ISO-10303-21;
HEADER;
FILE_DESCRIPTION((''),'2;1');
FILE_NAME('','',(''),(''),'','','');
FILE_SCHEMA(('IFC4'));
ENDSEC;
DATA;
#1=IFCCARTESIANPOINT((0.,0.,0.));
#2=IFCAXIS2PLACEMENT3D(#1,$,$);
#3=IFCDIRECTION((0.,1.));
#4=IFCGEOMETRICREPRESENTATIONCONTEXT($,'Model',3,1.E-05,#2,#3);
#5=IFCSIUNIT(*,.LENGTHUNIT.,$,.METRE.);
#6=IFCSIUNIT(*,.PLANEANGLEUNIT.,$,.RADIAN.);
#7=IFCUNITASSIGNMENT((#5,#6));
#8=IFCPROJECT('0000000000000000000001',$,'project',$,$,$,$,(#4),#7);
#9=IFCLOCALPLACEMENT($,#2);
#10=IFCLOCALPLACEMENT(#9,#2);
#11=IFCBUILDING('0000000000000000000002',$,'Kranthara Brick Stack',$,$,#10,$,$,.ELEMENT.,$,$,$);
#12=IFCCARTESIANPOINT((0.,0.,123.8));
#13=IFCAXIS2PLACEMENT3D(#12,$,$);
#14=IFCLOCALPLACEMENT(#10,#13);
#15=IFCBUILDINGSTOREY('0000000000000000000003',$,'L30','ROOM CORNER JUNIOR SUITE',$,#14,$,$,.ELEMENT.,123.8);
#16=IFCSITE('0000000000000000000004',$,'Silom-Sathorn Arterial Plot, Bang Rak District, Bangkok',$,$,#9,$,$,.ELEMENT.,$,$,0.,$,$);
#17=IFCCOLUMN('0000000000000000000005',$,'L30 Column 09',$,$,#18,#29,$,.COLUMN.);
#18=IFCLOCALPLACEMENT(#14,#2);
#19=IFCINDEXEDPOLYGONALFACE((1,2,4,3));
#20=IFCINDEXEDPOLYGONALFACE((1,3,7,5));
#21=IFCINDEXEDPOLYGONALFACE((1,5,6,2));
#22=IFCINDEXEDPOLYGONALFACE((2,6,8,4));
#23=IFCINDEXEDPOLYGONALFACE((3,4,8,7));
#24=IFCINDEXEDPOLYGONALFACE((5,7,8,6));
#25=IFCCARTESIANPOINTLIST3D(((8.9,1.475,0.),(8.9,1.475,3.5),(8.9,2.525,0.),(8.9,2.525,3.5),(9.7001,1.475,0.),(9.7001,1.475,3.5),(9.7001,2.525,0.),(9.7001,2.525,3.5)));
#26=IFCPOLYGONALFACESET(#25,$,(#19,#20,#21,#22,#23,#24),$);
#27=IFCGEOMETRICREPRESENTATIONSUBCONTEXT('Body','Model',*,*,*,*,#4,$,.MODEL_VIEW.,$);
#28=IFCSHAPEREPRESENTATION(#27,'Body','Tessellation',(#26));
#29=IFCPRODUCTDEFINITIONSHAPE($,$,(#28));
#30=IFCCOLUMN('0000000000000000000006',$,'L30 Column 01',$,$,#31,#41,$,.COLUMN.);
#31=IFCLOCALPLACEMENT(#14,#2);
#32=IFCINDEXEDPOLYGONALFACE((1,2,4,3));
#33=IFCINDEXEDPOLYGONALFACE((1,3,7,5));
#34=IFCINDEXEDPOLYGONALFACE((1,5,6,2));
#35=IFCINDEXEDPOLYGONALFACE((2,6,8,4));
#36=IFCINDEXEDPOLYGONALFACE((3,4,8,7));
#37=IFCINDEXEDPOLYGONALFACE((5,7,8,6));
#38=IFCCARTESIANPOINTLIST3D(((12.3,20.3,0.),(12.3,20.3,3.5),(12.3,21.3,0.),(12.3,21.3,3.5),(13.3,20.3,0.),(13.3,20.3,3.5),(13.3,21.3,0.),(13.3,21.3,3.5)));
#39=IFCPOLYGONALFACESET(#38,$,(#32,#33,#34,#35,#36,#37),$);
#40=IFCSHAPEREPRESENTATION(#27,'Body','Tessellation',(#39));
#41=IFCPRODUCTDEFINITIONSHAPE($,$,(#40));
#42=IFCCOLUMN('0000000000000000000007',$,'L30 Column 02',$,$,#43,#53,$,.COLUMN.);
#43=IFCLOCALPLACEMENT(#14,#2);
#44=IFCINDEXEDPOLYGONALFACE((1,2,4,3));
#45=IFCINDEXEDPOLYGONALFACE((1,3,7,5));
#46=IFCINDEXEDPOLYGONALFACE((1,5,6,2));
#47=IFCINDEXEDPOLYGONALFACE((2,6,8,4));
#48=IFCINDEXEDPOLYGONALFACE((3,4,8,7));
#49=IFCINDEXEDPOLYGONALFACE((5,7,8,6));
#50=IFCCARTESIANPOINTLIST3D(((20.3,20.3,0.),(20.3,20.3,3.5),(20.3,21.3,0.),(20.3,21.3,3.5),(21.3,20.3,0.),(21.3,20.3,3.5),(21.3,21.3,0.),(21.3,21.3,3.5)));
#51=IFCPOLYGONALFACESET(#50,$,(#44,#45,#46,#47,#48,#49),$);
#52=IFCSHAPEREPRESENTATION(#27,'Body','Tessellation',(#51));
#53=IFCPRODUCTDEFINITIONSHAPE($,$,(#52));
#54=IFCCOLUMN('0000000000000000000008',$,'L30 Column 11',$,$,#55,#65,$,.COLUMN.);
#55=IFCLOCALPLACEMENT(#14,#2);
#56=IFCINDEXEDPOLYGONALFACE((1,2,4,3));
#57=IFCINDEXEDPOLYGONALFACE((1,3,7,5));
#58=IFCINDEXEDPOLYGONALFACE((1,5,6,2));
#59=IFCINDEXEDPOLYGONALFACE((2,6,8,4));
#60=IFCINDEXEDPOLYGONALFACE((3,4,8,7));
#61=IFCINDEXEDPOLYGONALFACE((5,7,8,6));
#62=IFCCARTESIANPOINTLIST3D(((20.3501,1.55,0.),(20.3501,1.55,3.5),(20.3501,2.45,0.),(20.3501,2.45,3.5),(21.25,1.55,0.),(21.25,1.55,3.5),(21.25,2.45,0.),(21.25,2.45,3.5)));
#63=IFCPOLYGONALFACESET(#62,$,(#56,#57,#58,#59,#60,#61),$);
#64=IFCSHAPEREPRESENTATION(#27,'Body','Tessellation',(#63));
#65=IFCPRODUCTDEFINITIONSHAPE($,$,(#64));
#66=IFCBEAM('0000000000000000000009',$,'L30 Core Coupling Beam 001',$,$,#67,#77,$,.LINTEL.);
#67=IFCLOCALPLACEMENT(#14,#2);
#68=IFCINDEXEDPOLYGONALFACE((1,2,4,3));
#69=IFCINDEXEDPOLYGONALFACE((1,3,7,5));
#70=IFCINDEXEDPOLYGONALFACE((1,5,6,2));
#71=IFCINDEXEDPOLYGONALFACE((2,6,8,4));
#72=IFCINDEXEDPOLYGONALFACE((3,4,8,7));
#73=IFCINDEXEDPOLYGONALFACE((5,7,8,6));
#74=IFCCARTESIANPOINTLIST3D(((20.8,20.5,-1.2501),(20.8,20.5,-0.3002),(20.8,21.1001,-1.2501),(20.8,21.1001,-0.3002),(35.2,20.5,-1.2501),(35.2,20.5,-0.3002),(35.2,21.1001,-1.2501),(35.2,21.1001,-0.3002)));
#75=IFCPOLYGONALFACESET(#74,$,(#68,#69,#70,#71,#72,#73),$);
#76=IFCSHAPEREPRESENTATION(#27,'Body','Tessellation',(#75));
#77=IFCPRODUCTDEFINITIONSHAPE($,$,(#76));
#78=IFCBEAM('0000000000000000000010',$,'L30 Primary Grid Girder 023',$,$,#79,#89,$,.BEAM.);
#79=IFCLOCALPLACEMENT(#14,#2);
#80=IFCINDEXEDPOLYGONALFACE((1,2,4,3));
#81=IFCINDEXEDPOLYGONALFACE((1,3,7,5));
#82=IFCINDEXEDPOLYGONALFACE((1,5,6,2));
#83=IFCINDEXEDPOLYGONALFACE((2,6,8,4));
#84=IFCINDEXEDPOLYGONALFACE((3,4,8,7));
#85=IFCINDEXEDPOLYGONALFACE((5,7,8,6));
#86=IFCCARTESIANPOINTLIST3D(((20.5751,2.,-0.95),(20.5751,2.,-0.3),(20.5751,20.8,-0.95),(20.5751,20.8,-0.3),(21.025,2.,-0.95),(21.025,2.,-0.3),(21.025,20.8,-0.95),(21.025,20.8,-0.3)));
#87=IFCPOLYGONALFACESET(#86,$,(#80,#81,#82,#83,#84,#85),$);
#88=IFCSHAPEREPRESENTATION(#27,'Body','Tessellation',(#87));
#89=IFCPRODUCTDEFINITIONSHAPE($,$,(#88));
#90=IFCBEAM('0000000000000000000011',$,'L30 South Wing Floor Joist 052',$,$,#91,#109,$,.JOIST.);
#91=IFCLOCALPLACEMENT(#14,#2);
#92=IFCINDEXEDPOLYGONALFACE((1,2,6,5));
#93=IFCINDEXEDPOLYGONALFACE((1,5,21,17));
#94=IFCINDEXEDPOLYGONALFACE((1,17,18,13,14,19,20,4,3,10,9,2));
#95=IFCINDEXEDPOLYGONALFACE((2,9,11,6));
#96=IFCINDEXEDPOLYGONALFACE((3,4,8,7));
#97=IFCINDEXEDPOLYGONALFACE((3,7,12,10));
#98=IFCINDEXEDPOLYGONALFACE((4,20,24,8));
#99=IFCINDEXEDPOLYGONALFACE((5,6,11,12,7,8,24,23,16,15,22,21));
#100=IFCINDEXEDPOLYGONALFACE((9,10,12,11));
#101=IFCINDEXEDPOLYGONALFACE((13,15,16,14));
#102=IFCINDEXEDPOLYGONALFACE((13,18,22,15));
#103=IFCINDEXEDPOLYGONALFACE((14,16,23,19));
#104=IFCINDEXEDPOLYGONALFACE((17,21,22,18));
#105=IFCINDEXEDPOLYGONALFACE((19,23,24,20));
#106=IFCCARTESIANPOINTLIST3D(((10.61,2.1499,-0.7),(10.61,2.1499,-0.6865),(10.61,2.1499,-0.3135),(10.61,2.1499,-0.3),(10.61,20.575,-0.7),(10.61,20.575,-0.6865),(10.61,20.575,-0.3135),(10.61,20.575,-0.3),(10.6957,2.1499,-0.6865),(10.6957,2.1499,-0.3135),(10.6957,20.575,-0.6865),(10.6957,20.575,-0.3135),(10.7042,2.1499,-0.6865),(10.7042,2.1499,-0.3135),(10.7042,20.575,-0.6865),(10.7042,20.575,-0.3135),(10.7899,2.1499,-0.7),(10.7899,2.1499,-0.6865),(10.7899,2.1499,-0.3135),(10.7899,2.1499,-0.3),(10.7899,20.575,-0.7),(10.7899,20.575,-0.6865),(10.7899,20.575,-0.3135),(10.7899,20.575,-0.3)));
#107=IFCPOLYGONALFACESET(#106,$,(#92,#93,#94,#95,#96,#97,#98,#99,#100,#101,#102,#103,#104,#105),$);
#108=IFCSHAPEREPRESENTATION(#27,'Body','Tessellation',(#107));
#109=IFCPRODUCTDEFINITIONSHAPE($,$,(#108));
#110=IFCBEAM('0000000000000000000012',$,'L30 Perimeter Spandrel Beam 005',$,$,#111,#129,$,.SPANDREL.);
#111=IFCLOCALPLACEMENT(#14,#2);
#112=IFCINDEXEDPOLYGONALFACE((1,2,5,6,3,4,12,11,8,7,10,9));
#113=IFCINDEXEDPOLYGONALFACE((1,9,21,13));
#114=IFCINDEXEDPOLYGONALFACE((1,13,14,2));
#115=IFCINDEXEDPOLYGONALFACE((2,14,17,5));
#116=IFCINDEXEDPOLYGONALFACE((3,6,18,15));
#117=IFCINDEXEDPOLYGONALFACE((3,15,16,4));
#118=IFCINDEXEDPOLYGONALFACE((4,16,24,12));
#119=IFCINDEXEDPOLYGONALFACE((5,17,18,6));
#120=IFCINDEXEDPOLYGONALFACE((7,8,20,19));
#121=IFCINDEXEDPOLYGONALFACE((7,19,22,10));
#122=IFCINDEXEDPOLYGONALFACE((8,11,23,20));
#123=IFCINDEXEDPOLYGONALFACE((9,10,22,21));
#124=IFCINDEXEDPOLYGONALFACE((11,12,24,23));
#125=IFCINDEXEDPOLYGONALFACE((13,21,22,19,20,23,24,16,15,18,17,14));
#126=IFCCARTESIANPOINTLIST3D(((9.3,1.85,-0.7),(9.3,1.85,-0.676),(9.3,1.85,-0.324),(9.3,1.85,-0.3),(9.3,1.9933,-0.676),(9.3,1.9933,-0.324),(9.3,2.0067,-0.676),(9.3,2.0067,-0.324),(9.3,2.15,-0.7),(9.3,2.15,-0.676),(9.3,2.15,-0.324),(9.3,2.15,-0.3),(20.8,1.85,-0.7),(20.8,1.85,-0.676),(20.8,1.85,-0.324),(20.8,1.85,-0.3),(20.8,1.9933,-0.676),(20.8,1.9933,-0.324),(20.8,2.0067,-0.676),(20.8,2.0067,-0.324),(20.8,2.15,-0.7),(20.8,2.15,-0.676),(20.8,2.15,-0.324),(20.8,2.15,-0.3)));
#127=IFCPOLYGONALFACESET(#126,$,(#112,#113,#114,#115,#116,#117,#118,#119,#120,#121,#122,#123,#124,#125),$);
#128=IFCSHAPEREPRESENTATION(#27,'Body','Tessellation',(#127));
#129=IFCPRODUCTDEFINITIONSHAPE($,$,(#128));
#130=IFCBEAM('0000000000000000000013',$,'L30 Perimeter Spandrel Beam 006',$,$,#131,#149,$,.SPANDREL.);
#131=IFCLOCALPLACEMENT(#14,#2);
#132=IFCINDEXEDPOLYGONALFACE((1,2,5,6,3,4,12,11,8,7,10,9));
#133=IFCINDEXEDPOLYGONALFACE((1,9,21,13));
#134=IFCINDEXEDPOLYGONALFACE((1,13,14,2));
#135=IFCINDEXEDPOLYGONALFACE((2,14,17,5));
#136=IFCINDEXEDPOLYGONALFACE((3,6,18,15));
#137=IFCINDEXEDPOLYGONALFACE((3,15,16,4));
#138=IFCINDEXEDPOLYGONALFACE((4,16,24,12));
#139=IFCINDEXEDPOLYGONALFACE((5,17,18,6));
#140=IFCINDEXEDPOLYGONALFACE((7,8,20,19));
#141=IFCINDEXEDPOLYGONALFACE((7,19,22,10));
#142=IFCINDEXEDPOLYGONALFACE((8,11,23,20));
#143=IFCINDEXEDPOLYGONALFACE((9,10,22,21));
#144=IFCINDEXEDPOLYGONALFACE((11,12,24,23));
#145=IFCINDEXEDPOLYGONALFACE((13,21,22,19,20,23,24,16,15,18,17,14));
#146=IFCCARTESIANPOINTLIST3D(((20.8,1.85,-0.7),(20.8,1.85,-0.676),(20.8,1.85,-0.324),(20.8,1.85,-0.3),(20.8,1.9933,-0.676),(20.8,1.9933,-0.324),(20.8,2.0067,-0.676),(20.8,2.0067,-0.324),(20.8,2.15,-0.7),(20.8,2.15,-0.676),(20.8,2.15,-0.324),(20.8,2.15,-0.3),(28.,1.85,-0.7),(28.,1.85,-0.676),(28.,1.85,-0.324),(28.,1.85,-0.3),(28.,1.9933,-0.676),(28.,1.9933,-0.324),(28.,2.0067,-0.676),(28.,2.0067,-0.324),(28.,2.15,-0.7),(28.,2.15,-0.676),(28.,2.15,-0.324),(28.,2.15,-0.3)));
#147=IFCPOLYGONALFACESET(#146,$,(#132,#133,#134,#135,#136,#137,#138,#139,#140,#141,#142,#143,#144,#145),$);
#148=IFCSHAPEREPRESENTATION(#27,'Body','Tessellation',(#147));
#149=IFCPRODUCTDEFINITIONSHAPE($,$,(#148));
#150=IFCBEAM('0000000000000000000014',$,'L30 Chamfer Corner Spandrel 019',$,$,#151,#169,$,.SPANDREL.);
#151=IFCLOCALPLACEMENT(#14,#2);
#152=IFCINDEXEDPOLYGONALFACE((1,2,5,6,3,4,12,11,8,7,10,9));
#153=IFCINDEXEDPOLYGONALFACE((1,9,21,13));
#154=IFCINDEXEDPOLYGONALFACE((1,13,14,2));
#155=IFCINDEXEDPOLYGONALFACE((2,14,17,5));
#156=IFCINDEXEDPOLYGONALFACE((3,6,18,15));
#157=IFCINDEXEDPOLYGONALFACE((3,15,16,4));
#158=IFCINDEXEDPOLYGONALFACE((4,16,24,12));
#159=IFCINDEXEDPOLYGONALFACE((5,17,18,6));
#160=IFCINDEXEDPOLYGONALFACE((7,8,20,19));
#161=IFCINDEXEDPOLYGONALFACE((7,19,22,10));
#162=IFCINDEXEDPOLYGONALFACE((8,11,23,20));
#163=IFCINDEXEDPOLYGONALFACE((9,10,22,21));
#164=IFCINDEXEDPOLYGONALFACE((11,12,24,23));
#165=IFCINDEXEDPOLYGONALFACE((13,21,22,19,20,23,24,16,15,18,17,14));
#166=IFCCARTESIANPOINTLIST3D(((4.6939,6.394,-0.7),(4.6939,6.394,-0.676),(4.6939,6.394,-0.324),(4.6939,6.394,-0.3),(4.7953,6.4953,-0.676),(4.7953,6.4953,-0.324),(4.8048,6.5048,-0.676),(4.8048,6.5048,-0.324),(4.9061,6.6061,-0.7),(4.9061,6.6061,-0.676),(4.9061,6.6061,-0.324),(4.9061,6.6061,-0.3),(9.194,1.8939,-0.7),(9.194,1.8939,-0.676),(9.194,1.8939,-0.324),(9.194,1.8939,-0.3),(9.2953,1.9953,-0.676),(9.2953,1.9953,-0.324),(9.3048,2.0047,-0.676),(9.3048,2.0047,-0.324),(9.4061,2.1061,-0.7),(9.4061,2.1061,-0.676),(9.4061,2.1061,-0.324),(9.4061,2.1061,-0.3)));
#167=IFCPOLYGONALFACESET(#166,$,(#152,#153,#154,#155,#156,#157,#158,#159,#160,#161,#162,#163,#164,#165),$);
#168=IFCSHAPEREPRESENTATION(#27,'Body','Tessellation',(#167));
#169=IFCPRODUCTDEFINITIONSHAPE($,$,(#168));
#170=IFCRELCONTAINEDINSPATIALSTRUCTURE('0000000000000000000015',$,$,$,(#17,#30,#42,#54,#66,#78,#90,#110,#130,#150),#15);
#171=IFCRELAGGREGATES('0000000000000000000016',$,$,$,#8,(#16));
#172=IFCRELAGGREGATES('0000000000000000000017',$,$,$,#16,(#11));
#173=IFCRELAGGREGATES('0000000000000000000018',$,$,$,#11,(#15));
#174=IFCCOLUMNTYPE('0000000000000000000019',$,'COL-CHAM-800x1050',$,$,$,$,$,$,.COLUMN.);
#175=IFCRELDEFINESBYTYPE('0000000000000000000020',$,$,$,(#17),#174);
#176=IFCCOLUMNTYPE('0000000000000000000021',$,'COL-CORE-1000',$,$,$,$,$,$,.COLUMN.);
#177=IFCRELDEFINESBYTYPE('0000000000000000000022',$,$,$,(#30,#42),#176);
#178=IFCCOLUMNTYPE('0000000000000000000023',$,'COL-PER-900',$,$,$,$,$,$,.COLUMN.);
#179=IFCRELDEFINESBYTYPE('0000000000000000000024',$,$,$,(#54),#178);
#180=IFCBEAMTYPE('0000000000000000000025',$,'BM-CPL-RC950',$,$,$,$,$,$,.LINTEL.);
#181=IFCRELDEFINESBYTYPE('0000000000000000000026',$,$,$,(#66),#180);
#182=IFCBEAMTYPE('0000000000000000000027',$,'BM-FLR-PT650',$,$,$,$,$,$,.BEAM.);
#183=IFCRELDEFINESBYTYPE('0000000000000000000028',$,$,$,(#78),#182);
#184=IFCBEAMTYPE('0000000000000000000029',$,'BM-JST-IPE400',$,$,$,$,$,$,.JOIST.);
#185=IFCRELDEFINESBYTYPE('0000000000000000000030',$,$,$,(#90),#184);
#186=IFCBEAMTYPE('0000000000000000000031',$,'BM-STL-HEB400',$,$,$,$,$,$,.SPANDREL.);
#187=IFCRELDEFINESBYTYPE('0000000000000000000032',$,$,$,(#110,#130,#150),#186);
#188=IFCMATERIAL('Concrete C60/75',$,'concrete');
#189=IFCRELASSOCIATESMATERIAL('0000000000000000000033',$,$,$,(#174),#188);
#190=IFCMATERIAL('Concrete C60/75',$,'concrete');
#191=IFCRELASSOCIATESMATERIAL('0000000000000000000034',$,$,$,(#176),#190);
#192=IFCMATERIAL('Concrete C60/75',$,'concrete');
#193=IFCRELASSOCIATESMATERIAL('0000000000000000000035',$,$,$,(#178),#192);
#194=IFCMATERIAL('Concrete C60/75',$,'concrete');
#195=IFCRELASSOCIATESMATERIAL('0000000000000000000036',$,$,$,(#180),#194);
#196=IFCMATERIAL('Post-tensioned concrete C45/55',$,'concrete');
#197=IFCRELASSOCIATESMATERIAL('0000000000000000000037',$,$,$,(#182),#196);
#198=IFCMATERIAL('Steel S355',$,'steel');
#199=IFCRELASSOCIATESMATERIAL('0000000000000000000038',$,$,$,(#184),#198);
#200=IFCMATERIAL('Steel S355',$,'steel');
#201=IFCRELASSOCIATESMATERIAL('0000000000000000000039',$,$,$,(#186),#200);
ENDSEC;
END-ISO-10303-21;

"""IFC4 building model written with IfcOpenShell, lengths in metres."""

from ifc_helpers import new_model, si_unit, direction, frame, origin, origin_2d, place, context, subcontext, project, spatial, rectangle, i_section, extrude, material, material_profile, profile_set, type_object, element, save


model = new_model("IFC4")

# Units and contexts
model_context = context("Model", 3, precision=1e-05, world=origin(), true_north=direction((0.0, 1.0)))
body_context = subcontext(model_context, "Body", "Model", "MODEL_VIEW")
ifc_project = project(units=[si_unit("LENGTHUNIT", "METRE"), si_unit("PLANEANGLEUNIT", "RADIAN")], contexts=[model_context])

# Site, building, storey
site_placement = place(None, origin())
site = spatial("IfcSite", under=ifc_project, at=site_placement, Name="Silom-Sathorn Arterial Plot, Bang Rak District, Bangkok", CompositionType="ELEMENT", RefElevation=0.0)
building_placement = place(site_placement, origin())
building = spatial("IfcBuilding", under=site, at=building_placement, Name="Kranthara Brick Stack", CompositionType="ELEMENT")
storey_placement = place(building_placement, frame((0.0, 0.0, 123.8)))
storey = spatial("IfcBuildingStorey", under=building, at=storey_placement, Name="L30", Description="ROOM CORNER JUNIOR SUITE", CompositionType="ELEMENT", Elevation=123.8)

# Columns
ifc_material_1 = material(Name="Concrete C60/75", Category="concrete")
ifc_material_profile_1 = material_profile(ifc_material_1, rectangle(XDim=0.8, YDim=1.05, at=origin_2d()), Name="RC 800x1050")
ifc_profile_set_1 = profile_set([ifc_material_profile_1], Name="Concrete C60/75")
column_type_1 = type_object("IfcColumnType", Name="COL-CHAM-800x1050", PredefinedType="COLUMN", material=ifc_profile_set_1)
column_1_placement = place(storey_placement, frame((9.3, 2.0, 0.0), z_axis=(0.0, 0.0, 1.0), x_axis=(1.0, 0.0, 0.0)))
element("IfcColumn", 1, at=column_1_placement, inside=storey, type_object=column_type_1, Name="L30 Column 09", PredefinedType="COLUMN", context=body_context, shape_type="SweptSolid", body=[
    extrude(rectangle(XDim=0.8, YDim=1.05, at=origin_2d()), origin(), (0.0, 0.0, 1.0), 3.5),
])
ifc_material_2 = material(Name="Concrete C60/75", Category="concrete")
ifc_material_profile_2 = material_profile(ifc_material_2, rectangle(XDim=1.0, YDim=1.0, at=origin_2d()), Name="RC 1000x1000")
ifc_profile_set_2 = profile_set([ifc_material_profile_2], Name="Concrete C60/75")
column_type_2 = type_object("IfcColumnType", Name="COL-CORE-1000", PredefinedType="COLUMN", material=ifc_profile_set_2)
for number, where, z_axis, x_axis, name in (
    (2, (12.8, 20.8, 0.0), (0.0, 0.0, 1.0), (1.0, 0.0, 0.0), "L30 Column 01"),
    (3, (20.8, 20.8, 0.0), (0.0, 0.0, 1.0), (1.0, 0.0, 0.0), "L30 Column 02"),
):
    element("IfcColumn", number, at=place(storey_placement, frame(where, z_axis=z_axis, x_axis=x_axis)), inside=storey, type_object=column_type_2, Name=name, PredefinedType="COLUMN", context=body_context, shape_type="SweptSolid", body=[
        extrude(rectangle(XDim=1.0, YDim=1.0, at=origin_2d()), origin(), (0.0, 0.0, 1.0), 3.5),
    ])
ifc_material_3 = material(Name="Concrete C60/75", Category="concrete")
ifc_material_profile_3 = material_profile(ifc_material_3, rectangle(XDim=0.8999, YDim=0.8999, at=origin_2d()), Name="RC 900x900")
ifc_profile_set_3 = profile_set([ifc_material_profile_3], Name="Concrete C60/75")
column_type_3 = type_object("IfcColumnType", Name="COL-PER-900", PredefinedType="COLUMN", material=ifc_profile_set_3)
column_2_placement = place(storey_placement, frame((20.8, 2.0, 0.0), z_axis=(0.0, 0.0, 1.0), x_axis=(1.0, 0.0, 0.0)))
element("IfcColumn", 4, at=column_2_placement, inside=storey, type_object=column_type_3, Name="L30 Column 11", PredefinedType="COLUMN", context=body_context, shape_type="SweptSolid", body=[
    extrude(rectangle(XDim=0.8999, YDim=0.8999, at=origin_2d()), origin(), (0.0, 0.0, 1.0), 3.5),
])

# Beams
ifc_material_4 = material(Name="Concrete C60/75", Category="concrete")
ifc_material_profile_4 = material_profile(ifc_material_4, rectangle(XDim=0.6001, YDim=0.95, at=origin_2d()), Name="RC 600x950")
ifc_profile_set_4 = profile_set([ifc_material_profile_4], Name="Concrete C60/75")
beam_type_1 = type_object("IfcBeamType", Name="BM-CPL-RC950", PredefinedType="LINTEL", material=ifc_profile_set_4)
beam_1_placement = place(storey_placement, frame((20.8, 20.8, -0.7751), z_axis=(1.0, 0.0, 0.0), x_axis=(0.0, 1.0, 0.0)))
element("IfcBeam", 5, at=beam_1_placement, inside=storey, type_object=beam_type_1, Name="L30 Core Coupling Beam 001", PredefinedType="LINTEL", context=body_context, shape_type="SweptSolid", body=[
    extrude(rectangle(XDim=0.6001, YDim=0.95, at=origin_2d()), origin(), (0.0, 0.0, 1.0), 14.3999),
])
ifc_material_5 = material(Name="Post-tensioned concrete C45/55", Category="concrete")
ifc_material_profile_5 = material_profile(ifc_material_5, rectangle(XDim=0.45, YDim=0.6499, at=origin_2d()), Name="PT 450x650")
ifc_profile_set_5 = profile_set([ifc_material_profile_5], Name="Post-tensioned concrete C45/55")
beam_type_2 = type_object("IfcBeamType", Name="BM-FLR-PT650", PredefinedType="BEAM", material=ifc_profile_set_5)
beam_2_placement = place(storey_placement, frame((20.8, 2.0, -0.625), z_axis=(0.0, 1.0, 0.0), x_axis=(-1.0, 0.0, 0.0)))
element("IfcBeam", 6, at=beam_2_placement, inside=storey, type_object=beam_type_2, Name="L30 Primary Grid Girder 023", PredefinedType="BEAM", context=body_context, shape_type="SweptSolid", body=[
    extrude(rectangle(XDim=0.45, YDim=0.6499, at=origin_2d()), origin(), (0.0, 0.0, 1.0), 18.8),
])
ifc_material_6 = material(Name="Steel S355", Category="steel")
ifc_material_profile_6 = material_profile(ifc_material_6, i_section(OverallWidth=0.1799, OverallDepth=0.3999, WebThickness=0.0085, FlangeThickness=0.0134, at=origin_2d()), Name="IPE 400")
ifc_profile_set_6 = profile_set([ifc_material_profile_6], Name="Steel S355")
beam_type_3 = type_object("IfcBeamType", Name="BM-JST-IPE400", PredefinedType="JOIST", material=ifc_profile_set_6)
beam_3_placement = place(storey_placement, frame((10.7, 2.1499, -0.5), z_axis=(0.0, 1.0, 0.0), x_axis=(-1.0, 0.0, 0.0)))
element("IfcBeam", 7, at=beam_3_placement, inside=storey, type_object=beam_type_3, Name="L30 South Wing Floor Joist 052", PredefinedType="JOIST", context=body_context, shape_type="SweptSolid", body=[
    extrude(i_section(OverallWidth=0.1799, OverallDepth=0.3999, WebThickness=0.0085, FlangeThickness=0.0134, at=origin_2d()), origin(), (0.0, 0.0, 1.0), 18.425),
])
ifc_material_7 = material(Name="Steel S355", Category="steel")
ifc_material_profile_7 = material_profile(ifc_material_7, i_section(OverallWidth=0.3, OverallDepth=0.3999, WebThickness=0.0134, FlangeThickness=0.0239, at=origin_2d()), Name="HEB 400")
ifc_profile_set_7 = profile_set([ifc_material_profile_7], Name="Steel S355")
beam_type_4 = type_object("IfcBeamType", Name="BM-STL-HEB400", PredefinedType="SPANDREL", material=ifc_profile_set_7)
beam_4_placement = place(storey_placement, frame((9.3, 2.0, -0.5), z_axis=(1.0, 0.0, 0.0), x_axis=(0.0, 1.0, 0.0)))
element("IfcBeam", 8, at=beam_4_placement, inside=storey, type_object=beam_type_4, Name="L30 Perimeter Spandrel Beam 005", PredefinedType="SPANDREL", context=body_context, shape_type="SweptSolid", body=[
    extrude(i_section(OverallWidth=0.3, OverallDepth=0.3999, WebThickness=0.0134, FlangeThickness=0.0239, at=origin_2d()), origin(), (0.0, 0.0, 1.0), 11.5),
])
beam_5_placement = place(storey_placement, frame((20.8, 2.0, -0.5), z_axis=(1.0, 0.0, 0.0), x_axis=(0.0, 1.0, 0.0)))
element("IfcBeam", 9, at=beam_5_placement, inside=storey, type_object=beam_type_4, Name="L30 Perimeter Spandrel Beam 006", PredefinedType="SPANDREL", context=body_context, shape_type="SweptSolid", body=[
    extrude(i_section(OverallWidth=0.3, OverallDepth=0.3999, WebThickness=0.0134, FlangeThickness=0.0239, at=origin_2d()), origin(), (0.0, 0.0, 1.0), 7.2),
])
beam_6_placement = place(storey_placement, frame((9.3, 2.0, -0.5), z_axis=(-0.707107, 0.707107, 0.0), x_axis=(-0.707107, -0.707107, 0.0)))
element("IfcBeam", 10, at=beam_6_placement, inside=storey, type_object=beam_type_4, Name="L30 Chamfer Corner Spandrel 019", PredefinedType="SPANDREL", context=body_context, shape_type="SweptSolid", body=[
    extrude(i_section(OverallWidth=0.3, OverallDepth=0.3999, WebThickness=0.0134, FlangeThickness=0.0239, at=origin_2d()), origin(), (0.0, 0.0, 1.0), 6.364),
])

save(model, "model.ifc")
